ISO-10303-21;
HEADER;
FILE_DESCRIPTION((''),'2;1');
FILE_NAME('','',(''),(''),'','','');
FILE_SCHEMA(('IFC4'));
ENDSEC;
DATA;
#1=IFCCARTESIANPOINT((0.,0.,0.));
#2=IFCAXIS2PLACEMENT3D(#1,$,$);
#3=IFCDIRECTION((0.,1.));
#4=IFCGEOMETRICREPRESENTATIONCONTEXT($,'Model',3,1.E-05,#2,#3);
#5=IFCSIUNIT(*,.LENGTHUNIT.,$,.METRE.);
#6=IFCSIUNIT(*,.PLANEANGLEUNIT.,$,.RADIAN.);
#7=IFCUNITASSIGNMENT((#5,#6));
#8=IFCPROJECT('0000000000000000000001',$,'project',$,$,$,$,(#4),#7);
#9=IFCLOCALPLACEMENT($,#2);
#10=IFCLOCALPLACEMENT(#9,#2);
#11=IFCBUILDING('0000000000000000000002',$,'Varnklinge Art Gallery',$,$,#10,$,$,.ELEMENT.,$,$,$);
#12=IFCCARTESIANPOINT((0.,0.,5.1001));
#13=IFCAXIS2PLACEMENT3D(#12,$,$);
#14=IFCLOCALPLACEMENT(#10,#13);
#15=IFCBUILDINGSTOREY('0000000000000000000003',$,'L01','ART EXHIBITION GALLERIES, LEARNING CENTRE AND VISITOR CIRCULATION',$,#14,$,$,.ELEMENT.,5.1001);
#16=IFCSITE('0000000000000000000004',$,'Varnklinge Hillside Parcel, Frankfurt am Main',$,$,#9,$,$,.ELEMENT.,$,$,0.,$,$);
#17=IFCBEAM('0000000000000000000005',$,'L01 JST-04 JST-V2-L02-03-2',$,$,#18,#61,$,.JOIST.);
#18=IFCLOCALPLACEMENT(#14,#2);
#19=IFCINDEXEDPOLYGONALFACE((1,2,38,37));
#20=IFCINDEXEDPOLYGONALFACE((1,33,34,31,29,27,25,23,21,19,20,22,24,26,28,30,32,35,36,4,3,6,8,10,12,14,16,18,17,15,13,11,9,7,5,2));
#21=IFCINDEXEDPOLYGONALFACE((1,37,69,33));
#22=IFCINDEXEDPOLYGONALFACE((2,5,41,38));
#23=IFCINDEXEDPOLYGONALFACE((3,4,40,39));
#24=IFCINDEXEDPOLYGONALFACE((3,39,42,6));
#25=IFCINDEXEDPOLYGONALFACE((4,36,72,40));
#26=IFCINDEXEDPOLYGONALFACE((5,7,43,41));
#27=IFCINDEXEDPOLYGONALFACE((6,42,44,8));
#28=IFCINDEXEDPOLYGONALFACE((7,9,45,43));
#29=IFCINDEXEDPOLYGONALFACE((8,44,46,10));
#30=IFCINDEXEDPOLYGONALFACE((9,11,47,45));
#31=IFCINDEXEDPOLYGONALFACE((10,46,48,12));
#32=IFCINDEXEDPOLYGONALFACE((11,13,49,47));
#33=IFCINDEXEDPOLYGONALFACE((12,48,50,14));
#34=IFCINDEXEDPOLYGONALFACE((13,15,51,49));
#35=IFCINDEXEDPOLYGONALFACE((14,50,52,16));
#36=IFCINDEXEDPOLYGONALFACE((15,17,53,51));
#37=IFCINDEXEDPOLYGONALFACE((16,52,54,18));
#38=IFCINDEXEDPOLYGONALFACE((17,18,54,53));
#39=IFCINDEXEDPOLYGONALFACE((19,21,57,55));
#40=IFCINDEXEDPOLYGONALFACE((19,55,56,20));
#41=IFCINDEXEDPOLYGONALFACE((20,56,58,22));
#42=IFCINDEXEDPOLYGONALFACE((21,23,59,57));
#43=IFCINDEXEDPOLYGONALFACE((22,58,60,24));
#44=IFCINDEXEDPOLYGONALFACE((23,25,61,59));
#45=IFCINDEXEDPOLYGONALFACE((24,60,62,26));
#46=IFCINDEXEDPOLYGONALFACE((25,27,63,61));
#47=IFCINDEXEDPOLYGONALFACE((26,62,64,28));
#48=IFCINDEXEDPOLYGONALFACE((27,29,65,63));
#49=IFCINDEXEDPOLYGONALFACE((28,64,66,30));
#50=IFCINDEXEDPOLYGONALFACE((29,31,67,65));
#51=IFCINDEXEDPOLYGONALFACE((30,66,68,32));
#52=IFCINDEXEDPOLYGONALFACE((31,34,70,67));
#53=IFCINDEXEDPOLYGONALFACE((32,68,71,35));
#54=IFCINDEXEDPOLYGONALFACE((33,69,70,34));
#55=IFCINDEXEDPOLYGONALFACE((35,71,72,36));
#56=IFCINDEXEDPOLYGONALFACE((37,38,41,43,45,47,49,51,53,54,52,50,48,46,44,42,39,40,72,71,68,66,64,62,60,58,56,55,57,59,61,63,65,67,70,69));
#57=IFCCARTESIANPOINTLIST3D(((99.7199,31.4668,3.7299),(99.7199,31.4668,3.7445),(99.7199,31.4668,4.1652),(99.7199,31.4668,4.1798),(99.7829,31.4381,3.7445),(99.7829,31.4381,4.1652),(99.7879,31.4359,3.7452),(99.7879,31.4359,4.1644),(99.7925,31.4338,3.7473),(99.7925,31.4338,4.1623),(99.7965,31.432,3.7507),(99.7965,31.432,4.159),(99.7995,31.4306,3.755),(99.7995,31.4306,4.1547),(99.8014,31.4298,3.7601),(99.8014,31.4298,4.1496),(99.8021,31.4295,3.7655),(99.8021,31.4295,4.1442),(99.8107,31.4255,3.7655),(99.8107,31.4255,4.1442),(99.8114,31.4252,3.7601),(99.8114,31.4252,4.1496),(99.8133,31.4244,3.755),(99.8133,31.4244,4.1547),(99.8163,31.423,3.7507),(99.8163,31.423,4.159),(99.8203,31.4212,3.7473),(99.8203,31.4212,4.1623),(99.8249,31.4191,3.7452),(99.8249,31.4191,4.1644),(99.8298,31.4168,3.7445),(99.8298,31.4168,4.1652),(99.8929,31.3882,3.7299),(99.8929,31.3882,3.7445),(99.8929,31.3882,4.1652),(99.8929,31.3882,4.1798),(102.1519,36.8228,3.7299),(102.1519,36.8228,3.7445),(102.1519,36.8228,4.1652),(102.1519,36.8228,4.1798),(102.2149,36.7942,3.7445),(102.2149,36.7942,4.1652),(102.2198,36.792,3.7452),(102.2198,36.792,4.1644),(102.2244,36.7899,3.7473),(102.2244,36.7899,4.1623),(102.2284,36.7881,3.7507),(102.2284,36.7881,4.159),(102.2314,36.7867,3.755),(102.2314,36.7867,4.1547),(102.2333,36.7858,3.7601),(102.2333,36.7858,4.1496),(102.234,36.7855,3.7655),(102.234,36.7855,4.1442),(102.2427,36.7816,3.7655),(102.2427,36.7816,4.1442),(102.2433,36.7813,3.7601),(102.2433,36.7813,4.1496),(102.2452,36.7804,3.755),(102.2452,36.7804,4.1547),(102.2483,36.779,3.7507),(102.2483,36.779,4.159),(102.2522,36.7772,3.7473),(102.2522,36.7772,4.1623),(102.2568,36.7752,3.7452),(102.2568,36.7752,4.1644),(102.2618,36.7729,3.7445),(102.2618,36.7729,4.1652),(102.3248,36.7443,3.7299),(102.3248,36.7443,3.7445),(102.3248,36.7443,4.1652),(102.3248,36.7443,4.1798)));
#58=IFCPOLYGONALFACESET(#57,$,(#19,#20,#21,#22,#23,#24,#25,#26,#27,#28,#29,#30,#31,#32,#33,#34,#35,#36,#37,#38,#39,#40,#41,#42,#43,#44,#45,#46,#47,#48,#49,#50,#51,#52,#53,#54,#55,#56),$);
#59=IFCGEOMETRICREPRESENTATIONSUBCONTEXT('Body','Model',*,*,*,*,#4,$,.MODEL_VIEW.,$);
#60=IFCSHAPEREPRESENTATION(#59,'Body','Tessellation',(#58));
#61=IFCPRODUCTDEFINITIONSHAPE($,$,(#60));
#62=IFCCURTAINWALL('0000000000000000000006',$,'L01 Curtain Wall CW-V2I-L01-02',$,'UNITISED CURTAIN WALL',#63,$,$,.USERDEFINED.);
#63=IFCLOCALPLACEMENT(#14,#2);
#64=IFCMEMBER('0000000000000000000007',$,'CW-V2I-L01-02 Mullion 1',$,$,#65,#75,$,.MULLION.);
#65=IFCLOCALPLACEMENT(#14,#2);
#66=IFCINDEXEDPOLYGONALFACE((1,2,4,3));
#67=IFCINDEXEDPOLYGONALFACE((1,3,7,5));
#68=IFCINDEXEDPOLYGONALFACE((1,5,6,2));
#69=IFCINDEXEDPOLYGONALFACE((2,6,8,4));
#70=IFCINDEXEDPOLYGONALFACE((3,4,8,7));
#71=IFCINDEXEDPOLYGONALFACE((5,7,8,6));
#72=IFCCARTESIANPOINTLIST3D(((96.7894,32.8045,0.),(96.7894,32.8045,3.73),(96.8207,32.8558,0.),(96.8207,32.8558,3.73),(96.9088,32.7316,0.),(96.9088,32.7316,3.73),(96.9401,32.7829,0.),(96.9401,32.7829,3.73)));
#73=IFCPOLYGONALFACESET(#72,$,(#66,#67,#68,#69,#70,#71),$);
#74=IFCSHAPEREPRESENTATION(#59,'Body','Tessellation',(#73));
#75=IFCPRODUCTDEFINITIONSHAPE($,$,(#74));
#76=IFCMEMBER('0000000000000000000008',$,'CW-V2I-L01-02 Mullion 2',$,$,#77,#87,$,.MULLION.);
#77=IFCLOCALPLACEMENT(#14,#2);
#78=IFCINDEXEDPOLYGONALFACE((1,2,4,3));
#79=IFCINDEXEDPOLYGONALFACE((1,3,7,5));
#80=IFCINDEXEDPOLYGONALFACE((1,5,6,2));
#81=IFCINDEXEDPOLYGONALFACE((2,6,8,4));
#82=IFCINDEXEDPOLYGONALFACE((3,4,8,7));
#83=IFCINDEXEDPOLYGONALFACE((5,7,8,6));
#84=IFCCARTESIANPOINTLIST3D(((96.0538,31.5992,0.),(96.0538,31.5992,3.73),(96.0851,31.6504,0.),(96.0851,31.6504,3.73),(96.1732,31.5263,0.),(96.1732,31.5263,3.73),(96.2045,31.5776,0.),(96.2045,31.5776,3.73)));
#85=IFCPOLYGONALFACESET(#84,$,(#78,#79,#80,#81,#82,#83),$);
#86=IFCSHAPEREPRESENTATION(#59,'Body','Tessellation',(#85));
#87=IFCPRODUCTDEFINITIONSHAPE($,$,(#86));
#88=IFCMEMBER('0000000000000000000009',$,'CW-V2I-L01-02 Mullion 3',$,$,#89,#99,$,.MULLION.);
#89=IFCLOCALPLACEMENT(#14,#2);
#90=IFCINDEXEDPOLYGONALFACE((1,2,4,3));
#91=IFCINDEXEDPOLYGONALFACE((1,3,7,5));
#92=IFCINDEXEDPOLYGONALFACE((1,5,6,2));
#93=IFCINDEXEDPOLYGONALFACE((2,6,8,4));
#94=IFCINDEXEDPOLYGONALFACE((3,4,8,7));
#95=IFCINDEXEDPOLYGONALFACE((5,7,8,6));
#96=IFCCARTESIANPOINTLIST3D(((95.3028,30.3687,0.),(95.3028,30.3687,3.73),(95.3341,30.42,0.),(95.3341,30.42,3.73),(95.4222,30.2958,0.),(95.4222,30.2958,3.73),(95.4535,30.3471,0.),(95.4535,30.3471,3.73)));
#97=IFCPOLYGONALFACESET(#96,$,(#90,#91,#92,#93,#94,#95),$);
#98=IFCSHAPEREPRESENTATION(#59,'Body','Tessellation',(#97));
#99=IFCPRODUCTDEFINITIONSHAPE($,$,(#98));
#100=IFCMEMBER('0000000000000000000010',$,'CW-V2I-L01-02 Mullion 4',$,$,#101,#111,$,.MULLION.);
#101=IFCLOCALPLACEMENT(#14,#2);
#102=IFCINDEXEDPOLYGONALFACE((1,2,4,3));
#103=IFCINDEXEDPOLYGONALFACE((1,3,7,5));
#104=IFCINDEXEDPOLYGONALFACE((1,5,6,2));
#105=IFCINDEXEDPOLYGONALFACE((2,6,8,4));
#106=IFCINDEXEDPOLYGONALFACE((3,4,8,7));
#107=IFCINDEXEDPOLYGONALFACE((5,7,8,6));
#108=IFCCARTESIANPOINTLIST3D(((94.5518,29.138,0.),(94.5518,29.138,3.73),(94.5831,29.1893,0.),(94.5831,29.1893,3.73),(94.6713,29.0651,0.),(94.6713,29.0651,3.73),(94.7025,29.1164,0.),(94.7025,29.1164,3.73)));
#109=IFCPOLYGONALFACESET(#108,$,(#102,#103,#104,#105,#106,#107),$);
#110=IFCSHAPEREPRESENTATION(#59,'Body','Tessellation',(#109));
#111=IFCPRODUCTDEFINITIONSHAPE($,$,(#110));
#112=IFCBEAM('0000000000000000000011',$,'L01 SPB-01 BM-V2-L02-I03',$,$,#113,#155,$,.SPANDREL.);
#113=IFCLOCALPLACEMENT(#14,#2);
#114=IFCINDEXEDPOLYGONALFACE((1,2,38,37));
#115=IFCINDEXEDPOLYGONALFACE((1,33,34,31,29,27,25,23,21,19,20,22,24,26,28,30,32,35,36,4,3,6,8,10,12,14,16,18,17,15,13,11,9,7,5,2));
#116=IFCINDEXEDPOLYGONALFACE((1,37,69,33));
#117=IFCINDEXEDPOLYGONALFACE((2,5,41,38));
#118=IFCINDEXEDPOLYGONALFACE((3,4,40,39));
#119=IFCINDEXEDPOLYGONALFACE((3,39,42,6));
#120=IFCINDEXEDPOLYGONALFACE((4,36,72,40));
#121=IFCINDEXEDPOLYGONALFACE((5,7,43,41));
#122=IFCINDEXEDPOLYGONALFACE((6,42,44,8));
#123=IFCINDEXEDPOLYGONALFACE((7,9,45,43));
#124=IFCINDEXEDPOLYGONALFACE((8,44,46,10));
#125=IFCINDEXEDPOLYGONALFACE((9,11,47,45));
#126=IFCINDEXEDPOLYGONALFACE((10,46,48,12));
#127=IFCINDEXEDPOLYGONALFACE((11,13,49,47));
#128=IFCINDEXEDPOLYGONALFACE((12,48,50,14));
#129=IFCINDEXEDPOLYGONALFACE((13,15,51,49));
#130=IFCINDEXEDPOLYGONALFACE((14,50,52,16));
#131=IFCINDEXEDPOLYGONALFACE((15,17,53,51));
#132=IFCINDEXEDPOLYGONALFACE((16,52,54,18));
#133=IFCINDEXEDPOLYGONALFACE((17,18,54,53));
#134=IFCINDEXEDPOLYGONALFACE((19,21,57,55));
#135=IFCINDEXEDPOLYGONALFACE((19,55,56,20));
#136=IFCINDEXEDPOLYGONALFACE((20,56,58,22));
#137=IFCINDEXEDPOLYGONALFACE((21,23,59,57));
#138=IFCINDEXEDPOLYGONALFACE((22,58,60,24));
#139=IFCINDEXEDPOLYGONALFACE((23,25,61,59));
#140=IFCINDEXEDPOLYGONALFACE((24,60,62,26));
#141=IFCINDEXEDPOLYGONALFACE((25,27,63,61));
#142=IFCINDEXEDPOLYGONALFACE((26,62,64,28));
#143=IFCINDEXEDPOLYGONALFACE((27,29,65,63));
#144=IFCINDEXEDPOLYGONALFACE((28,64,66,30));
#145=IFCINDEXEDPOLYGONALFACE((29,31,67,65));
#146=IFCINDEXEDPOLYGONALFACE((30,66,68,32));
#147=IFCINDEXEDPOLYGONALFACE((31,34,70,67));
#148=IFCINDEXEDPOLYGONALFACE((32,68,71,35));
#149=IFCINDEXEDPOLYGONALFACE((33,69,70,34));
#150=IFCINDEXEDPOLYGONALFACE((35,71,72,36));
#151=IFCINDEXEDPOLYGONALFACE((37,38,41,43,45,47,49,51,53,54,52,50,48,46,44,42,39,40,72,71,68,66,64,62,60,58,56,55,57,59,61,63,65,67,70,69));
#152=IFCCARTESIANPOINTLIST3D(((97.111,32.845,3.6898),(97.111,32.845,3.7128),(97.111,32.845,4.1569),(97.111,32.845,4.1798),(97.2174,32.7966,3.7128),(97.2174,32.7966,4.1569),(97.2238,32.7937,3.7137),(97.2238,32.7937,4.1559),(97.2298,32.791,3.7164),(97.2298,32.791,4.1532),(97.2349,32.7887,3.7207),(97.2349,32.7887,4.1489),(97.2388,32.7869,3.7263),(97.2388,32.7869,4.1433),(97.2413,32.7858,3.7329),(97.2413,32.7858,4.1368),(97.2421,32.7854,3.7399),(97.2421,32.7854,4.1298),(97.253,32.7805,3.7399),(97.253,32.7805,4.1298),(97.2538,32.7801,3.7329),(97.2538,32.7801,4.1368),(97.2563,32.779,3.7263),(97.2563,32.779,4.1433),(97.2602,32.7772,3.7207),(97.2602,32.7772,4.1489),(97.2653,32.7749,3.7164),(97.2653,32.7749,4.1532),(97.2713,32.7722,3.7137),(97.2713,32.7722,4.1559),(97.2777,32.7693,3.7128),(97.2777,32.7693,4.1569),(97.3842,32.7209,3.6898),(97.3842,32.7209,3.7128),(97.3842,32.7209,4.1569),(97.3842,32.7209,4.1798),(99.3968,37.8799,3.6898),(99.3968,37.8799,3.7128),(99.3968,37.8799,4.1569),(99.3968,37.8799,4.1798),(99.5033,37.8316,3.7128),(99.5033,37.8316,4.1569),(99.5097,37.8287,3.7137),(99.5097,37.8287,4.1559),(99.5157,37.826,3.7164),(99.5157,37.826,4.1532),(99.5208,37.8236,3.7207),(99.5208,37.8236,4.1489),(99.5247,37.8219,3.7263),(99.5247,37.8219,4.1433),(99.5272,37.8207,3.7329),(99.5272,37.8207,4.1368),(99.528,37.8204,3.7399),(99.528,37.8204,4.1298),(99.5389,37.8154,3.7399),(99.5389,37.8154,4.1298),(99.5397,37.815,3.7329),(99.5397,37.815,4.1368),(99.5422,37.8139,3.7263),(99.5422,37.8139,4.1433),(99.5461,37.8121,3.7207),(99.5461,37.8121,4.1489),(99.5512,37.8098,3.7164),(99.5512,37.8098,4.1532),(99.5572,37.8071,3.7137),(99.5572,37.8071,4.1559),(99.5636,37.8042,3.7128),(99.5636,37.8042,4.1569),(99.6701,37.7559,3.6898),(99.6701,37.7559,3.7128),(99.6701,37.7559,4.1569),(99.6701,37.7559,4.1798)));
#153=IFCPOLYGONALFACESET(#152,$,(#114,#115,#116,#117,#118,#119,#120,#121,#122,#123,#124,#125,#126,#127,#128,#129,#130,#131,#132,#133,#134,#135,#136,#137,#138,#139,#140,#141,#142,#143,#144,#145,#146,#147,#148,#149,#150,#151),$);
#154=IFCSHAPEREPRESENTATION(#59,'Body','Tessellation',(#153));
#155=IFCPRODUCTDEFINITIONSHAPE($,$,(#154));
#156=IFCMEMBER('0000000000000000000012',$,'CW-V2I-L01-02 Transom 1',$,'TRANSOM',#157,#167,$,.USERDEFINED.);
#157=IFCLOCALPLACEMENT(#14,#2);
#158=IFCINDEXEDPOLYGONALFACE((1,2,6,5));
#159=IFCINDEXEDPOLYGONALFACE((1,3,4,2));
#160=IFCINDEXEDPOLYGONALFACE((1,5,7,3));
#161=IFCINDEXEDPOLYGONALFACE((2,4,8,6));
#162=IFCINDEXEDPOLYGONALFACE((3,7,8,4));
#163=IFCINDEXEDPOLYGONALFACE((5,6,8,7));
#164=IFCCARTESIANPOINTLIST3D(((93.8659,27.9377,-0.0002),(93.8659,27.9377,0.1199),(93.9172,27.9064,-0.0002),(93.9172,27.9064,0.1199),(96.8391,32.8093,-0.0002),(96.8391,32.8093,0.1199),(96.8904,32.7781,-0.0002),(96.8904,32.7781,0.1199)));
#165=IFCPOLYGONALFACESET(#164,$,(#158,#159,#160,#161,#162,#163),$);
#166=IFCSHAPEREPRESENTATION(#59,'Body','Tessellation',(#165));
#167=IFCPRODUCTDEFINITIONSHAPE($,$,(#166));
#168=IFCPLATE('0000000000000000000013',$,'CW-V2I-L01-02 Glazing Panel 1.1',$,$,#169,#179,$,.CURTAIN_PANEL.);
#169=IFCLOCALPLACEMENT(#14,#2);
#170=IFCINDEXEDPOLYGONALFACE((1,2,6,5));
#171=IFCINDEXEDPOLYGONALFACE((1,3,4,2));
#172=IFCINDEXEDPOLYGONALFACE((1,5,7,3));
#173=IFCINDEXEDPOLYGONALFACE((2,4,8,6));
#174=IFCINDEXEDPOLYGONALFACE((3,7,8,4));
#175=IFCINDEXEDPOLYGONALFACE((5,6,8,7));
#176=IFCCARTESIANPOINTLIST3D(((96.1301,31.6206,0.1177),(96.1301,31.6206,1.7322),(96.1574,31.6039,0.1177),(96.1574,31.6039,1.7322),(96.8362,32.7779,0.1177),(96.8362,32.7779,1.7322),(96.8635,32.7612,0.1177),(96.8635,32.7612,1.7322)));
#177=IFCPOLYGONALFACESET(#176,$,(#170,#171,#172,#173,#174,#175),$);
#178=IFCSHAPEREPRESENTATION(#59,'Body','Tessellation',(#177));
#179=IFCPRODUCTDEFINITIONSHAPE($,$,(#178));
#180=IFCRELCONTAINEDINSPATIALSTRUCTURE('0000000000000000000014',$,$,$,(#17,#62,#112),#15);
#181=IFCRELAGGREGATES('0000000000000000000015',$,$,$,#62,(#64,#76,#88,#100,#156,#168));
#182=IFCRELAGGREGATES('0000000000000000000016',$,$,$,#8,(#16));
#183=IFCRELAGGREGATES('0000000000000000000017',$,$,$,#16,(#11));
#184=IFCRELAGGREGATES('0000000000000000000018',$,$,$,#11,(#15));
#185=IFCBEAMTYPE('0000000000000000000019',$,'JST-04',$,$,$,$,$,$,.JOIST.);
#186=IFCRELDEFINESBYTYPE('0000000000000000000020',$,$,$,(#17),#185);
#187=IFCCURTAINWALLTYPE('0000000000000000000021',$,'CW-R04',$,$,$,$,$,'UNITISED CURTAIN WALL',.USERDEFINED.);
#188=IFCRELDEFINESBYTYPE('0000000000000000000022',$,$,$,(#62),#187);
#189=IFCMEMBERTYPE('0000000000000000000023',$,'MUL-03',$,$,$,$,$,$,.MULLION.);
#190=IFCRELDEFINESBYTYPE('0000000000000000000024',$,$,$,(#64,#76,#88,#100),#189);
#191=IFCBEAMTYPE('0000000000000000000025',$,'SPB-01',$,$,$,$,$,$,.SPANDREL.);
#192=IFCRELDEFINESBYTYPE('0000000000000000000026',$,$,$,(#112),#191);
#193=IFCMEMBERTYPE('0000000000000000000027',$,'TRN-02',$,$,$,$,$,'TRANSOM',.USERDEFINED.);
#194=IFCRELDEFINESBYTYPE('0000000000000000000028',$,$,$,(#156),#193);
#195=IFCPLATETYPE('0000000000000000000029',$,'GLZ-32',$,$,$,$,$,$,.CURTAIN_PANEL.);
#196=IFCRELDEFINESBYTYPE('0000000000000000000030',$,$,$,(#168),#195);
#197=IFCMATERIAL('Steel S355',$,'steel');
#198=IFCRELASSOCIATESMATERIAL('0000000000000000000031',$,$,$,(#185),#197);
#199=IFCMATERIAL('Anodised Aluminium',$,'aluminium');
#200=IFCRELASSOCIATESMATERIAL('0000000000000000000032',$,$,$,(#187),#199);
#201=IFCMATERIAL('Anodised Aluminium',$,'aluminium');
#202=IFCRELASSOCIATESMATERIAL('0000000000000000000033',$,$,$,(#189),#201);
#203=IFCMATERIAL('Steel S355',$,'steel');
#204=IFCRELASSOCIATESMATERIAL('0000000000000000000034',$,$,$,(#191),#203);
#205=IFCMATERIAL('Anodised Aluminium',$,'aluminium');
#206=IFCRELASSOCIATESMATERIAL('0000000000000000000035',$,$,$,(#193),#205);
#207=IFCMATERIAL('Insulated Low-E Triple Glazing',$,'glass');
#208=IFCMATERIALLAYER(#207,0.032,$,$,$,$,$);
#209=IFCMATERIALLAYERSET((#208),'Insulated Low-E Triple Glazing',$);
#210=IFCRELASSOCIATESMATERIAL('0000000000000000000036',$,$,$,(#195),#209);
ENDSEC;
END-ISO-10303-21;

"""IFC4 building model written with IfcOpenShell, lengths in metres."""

from ifc_helpers import new_model, si_unit, direction, frame, origin, origin_2d, place, context, subcontext, project, spatial, rectangle, i_section, extrude, material, layer, layer_set, material_profile, profile_set, type_object, element, aggregate, save


model = new_model("IFC4")

# Units and contexts
model_context = context("Model", 3, precision=1e-05, world=origin(), true_north=direction((0.0, 1.0)))
body_context = subcontext(model_context, "Body", "Model", "MODEL_VIEW")
ifc_project = project(units=[si_unit("LENGTHUNIT", "METRE"), si_unit("PLANEANGLEUNIT", "RADIAN")], contexts=[model_context])

# Site, building, storey
site_placement = place(None, origin())
site = spatial("IfcSite", under=ifc_project, at=site_placement, Name="Varnklinge Hillside Parcel, Frankfurt am Main", CompositionType="ELEMENT", RefElevation=0.0)
building_placement = place(site_placement, origin())
building = spatial("IfcBuilding", under=site, at=building_placement, Name="Varnklinge Art Gallery", CompositionType="ELEMENT")
storey_placement = place(building_placement, frame((0.0, 0.0, 5.1001)))
storey = spatial("IfcBuildingStorey", under=building, at=storey_placement, Name="L01", Description="ART EXHIBITION GALLERIES, LEARNING CENTRE AND VISITOR CIRCULATION", CompositionType="ELEMENT", Elevation=5.1001)

# Beam
ifc_material_1 = material(Name="Steel S355", Category="steel")
ifc_material_profile_1 = material_profile(ifc_material_1, i_section(OverallWidth=0.1899, OverallDepth=0.45, WebThickness=0.0095, FlangeThickness=0.0146, FilletRadius=0.021, at=origin_2d()), Name="IPE 450")
ifc_profile_set_1 = profile_set([ifc_material_profile_1], Name="Steel S355")
beam_type_1 = type_object("IfcBeamType", Name="JST-04", PredefinedType="JOIST", material=ifc_profile_set_1)
beam_1_placement = place(storey_placement, frame((99.8064, 31.4275, 3.9548), z_axis=(0.413431, 0.910536, 0.0), x_axis=(-0.910536, 0.413431, 0.0)))
element("IfcBeam", 1, at=beam_1_placement, inside=storey, type_object=beam_type_1, Name="L01 JST-04 JST-V2-L02-03-2", PredefinedType="JOIST", context=body_context, shape_type="SweptSolid", body=[
    extrude(i_section(OverallWidth=0.1899, OverallDepth=0.45, WebThickness=0.0095, FlangeThickness=0.0146, FilletRadius=0.021, at=origin_2d()), origin(), (0.0, 0.0, 1.0), 5.8823),
])

# Curtain wall, members
ifc_material_2 = material(Name="Anodised Aluminium", Category="aluminium")
curtain_wall_type = type_object("IfcCurtainWallType", Name="CW-R04", ElementType="UNITISED CURTAIN WALL", PredefinedType="USERDEFINED", material=ifc_material_2)
curtain_wall_placement = place(storey_placement, origin())
curtain_wall = element("IfcCurtainWall", 2, at=curtain_wall_placement, inside=storey, type_object=curtain_wall_type, Name="L01 Curtain Wall CW-V2I-L01-02", ObjectType="UNITISED CURTAIN WALL", PredefinedType="USERDEFINED")
ifc_material_3 = material(Name="Anodised Aluminium", Category="aluminium")
ifc_material_profile_2 = material_profile(ifc_material_3, rectangle(XDim=0.0601, YDim=0.1399, at=origin_2d()), Name="ALU 60x140")
ifc_profile_set_2 = profile_set([ifc_material_profile_2], Name="Anodised Aluminium")
member_type_1 = type_object("IfcMemberType", Name="MUL-03", PredefinedType="MULLION", material=ifc_profile_set_2)
member_1_placement = place(storey_placement, frame((96.8647, 32.7937, 0.0), z_axis=(0.0, 0.0, 1.0), x_axis=(-0.520861, -0.853642, 0.0)))
member_1 = element("IfcMember", 3, at=member_1_placement, type_object=member_type_1, Name="CW-V2I-L01-02 Mullion 1", PredefinedType="MULLION", context=body_context, shape_type="SweptSolid", body=[
    extrude(rectangle(XDim=0.0601, YDim=0.1399, at=origin_2d()), origin(), (0.0, 0.0, 1.0), 3.73),
])
member_2_placement = place(storey_placement, frame((96.1292, 31.5884, 0.0), z_axis=(0.0, 0.0, 1.0), x_axis=(-0.520861, -0.853642, 0.0)))
member_2 = element("IfcMember", 4, at=member_2_placement, type_object=member_type_1, Name="CW-V2I-L01-02 Mullion 2", PredefinedType="MULLION", context=body_context, shape_type="SweptSolid", body=[
    extrude(rectangle(XDim=0.0601, YDim=0.1399, at=origin_2d()), origin(), (0.0, 0.0, 1.0), 3.73),
])
member_3_placement = place(storey_placement, frame((95.3782, 30.3579, 0.0), z_axis=(0.0, 0.0, 1.0), x_axis=(-0.520861, -0.853642, 0.0)))
member_3 = element("IfcMember", 5, at=member_3_placement, type_object=member_type_1, Name="CW-V2I-L01-02 Mullion 3", PredefinedType="MULLION", context=body_context, shape_type="SweptSolid", body=[
    extrude(rectangle(XDim=0.0601, YDim=0.1399, at=origin_2d()), origin(), (0.0, 0.0, 1.0), 3.73),
])
member_4_placement = place(storey_placement, frame((94.6272, 29.1272, 0.0), z_axis=(0.0, 0.0, 1.0), x_axis=(-0.520861, -0.853642, 0.0)))
member_4 = element("IfcMember", 6, at=member_4_placement, type_object=member_type_1, Name="CW-V2I-L01-02 Mullion 4", PredefinedType="MULLION", context=body_context, shape_type="SweptSolid", body=[
    extrude(rectangle(XDim=0.0601, YDim=0.1399, at=origin_2d()), origin(), (0.0, 0.0, 1.0), 3.73),
])

# Beam
ifc_material_4 = material(Name="Steel S355", Category="steel")
ifc_material_profile_3 = material_profile(ifc_material_4, i_section(OverallWidth=0.3, OverallDepth=0.49, WebThickness=0.012, FlangeThickness=0.0229, FilletRadius=0.0271, at=origin_2d()), Name="HEA 500")
ifc_profile_set_3 = profile_set([ifc_material_profile_3], Name="Steel S355")
beam_type_2 = type_object("IfcBeamType", Name="SPB-01", PredefinedType="SPANDREL", material=ifc_profile_set_3)
beam_2_placement = place(storey_placement, frame((97.2476, 32.783, 3.9348), z_axis=(0.413397, 0.910551, 0.0), x_axis=(-0.910551, 0.413397, 0.0)))
element("IfcBeam", 7, at=beam_2_placement, inside=storey, type_object=beam_type_2, Name="L01 SPB-01 BM-V2-L02-I03", PredefinedType="SPANDREL", context=body_context, shape_type="SweptSolid", body=[
    extrude(i_section(OverallWidth=0.3, OverallDepth=0.49, WebThickness=0.012, FlangeThickness=0.0229, FilletRadius=0.0271, at=origin_2d()), origin(), (0.0, 0.0, 1.0), 5.5295),
])

# Member
ifc_material_5 = material(Name="Anodised Aluminium", Category="aluminium")
ifc_material_profile_4 = material_profile(ifc_material_5, rectangle(XDim=0.0601, YDim=0.1201, at=origin_2d()), Name="ALU 60x120")
ifc_profile_set_4 = profile_set([ifc_material_profile_4], Name="Anodised Aluminium")
member_type_2 = type_object("IfcMemberType", Name="TRN-02", ElementType="TRANSOM", PredefinedType="USERDEFINED", material=ifc_profile_set_4)
member_5_placement = place(storey_placement, frame((96.8647, 32.7937, 0.0598), z_axis=(-0.520948, -0.853588, 0.0), x_axis=(0.853588, -0.520948, 0.0)))
member_5 = element("IfcMember", 8, at=member_5_placement, type_object=member_type_2, Name="CW-V2I-L01-02 Transom 1", ObjectType="TRANSOM", PredefinedType="USERDEFINED", context=body_context, shape_type="SweptSolid", body=[
    extrude(rectangle(XDim=0.0601, YDim=0.1201, at=origin_2d()), origin(), (0.0, 0.0, 1.0), 5.7073),
])

# Plate
ifc_material_6 = material(Name="Insulated Low-E Triple Glazing", Category="glass")
ifc_layer_1 = layer(ifc_material_6, 0.032)
ifc_layer_set_1 = layer_set([ifc_layer_1], Name="Insulated Low-E Triple Glazing")
plate_type_1 = type_object("IfcPlateType", Name="GLZ-32", PredefinedType="CURTAIN_PANEL", material=ifc_layer_set_1)
plate_1_placement = place(storey_placement, frame((96.4968, 32.1909, 0.1177), z_axis=(0.0, 0.0, 1.0), x_axis=(-0.520861, -0.853642, 0.0)))
plate_1 = element("IfcPlate", 9, at=plate_1_placement, type_object=plate_type_1, Name="CW-V2I-L01-02 Glazing Panel 1.1", PredefinedType="CURTAIN_PANEL", context=body_context, shape_type="SweptSolid", body=[
    extrude(rectangle(XDim=1.3557, YDim=0.032, at=origin_2d()), origin(), (0.0, 0.0, 1.0), 1.6145),
])
aggregate(curtain_wall, [member_1, member_2, member_3, member_4, member_5, plate_1])

save(model, "model.ifc")
